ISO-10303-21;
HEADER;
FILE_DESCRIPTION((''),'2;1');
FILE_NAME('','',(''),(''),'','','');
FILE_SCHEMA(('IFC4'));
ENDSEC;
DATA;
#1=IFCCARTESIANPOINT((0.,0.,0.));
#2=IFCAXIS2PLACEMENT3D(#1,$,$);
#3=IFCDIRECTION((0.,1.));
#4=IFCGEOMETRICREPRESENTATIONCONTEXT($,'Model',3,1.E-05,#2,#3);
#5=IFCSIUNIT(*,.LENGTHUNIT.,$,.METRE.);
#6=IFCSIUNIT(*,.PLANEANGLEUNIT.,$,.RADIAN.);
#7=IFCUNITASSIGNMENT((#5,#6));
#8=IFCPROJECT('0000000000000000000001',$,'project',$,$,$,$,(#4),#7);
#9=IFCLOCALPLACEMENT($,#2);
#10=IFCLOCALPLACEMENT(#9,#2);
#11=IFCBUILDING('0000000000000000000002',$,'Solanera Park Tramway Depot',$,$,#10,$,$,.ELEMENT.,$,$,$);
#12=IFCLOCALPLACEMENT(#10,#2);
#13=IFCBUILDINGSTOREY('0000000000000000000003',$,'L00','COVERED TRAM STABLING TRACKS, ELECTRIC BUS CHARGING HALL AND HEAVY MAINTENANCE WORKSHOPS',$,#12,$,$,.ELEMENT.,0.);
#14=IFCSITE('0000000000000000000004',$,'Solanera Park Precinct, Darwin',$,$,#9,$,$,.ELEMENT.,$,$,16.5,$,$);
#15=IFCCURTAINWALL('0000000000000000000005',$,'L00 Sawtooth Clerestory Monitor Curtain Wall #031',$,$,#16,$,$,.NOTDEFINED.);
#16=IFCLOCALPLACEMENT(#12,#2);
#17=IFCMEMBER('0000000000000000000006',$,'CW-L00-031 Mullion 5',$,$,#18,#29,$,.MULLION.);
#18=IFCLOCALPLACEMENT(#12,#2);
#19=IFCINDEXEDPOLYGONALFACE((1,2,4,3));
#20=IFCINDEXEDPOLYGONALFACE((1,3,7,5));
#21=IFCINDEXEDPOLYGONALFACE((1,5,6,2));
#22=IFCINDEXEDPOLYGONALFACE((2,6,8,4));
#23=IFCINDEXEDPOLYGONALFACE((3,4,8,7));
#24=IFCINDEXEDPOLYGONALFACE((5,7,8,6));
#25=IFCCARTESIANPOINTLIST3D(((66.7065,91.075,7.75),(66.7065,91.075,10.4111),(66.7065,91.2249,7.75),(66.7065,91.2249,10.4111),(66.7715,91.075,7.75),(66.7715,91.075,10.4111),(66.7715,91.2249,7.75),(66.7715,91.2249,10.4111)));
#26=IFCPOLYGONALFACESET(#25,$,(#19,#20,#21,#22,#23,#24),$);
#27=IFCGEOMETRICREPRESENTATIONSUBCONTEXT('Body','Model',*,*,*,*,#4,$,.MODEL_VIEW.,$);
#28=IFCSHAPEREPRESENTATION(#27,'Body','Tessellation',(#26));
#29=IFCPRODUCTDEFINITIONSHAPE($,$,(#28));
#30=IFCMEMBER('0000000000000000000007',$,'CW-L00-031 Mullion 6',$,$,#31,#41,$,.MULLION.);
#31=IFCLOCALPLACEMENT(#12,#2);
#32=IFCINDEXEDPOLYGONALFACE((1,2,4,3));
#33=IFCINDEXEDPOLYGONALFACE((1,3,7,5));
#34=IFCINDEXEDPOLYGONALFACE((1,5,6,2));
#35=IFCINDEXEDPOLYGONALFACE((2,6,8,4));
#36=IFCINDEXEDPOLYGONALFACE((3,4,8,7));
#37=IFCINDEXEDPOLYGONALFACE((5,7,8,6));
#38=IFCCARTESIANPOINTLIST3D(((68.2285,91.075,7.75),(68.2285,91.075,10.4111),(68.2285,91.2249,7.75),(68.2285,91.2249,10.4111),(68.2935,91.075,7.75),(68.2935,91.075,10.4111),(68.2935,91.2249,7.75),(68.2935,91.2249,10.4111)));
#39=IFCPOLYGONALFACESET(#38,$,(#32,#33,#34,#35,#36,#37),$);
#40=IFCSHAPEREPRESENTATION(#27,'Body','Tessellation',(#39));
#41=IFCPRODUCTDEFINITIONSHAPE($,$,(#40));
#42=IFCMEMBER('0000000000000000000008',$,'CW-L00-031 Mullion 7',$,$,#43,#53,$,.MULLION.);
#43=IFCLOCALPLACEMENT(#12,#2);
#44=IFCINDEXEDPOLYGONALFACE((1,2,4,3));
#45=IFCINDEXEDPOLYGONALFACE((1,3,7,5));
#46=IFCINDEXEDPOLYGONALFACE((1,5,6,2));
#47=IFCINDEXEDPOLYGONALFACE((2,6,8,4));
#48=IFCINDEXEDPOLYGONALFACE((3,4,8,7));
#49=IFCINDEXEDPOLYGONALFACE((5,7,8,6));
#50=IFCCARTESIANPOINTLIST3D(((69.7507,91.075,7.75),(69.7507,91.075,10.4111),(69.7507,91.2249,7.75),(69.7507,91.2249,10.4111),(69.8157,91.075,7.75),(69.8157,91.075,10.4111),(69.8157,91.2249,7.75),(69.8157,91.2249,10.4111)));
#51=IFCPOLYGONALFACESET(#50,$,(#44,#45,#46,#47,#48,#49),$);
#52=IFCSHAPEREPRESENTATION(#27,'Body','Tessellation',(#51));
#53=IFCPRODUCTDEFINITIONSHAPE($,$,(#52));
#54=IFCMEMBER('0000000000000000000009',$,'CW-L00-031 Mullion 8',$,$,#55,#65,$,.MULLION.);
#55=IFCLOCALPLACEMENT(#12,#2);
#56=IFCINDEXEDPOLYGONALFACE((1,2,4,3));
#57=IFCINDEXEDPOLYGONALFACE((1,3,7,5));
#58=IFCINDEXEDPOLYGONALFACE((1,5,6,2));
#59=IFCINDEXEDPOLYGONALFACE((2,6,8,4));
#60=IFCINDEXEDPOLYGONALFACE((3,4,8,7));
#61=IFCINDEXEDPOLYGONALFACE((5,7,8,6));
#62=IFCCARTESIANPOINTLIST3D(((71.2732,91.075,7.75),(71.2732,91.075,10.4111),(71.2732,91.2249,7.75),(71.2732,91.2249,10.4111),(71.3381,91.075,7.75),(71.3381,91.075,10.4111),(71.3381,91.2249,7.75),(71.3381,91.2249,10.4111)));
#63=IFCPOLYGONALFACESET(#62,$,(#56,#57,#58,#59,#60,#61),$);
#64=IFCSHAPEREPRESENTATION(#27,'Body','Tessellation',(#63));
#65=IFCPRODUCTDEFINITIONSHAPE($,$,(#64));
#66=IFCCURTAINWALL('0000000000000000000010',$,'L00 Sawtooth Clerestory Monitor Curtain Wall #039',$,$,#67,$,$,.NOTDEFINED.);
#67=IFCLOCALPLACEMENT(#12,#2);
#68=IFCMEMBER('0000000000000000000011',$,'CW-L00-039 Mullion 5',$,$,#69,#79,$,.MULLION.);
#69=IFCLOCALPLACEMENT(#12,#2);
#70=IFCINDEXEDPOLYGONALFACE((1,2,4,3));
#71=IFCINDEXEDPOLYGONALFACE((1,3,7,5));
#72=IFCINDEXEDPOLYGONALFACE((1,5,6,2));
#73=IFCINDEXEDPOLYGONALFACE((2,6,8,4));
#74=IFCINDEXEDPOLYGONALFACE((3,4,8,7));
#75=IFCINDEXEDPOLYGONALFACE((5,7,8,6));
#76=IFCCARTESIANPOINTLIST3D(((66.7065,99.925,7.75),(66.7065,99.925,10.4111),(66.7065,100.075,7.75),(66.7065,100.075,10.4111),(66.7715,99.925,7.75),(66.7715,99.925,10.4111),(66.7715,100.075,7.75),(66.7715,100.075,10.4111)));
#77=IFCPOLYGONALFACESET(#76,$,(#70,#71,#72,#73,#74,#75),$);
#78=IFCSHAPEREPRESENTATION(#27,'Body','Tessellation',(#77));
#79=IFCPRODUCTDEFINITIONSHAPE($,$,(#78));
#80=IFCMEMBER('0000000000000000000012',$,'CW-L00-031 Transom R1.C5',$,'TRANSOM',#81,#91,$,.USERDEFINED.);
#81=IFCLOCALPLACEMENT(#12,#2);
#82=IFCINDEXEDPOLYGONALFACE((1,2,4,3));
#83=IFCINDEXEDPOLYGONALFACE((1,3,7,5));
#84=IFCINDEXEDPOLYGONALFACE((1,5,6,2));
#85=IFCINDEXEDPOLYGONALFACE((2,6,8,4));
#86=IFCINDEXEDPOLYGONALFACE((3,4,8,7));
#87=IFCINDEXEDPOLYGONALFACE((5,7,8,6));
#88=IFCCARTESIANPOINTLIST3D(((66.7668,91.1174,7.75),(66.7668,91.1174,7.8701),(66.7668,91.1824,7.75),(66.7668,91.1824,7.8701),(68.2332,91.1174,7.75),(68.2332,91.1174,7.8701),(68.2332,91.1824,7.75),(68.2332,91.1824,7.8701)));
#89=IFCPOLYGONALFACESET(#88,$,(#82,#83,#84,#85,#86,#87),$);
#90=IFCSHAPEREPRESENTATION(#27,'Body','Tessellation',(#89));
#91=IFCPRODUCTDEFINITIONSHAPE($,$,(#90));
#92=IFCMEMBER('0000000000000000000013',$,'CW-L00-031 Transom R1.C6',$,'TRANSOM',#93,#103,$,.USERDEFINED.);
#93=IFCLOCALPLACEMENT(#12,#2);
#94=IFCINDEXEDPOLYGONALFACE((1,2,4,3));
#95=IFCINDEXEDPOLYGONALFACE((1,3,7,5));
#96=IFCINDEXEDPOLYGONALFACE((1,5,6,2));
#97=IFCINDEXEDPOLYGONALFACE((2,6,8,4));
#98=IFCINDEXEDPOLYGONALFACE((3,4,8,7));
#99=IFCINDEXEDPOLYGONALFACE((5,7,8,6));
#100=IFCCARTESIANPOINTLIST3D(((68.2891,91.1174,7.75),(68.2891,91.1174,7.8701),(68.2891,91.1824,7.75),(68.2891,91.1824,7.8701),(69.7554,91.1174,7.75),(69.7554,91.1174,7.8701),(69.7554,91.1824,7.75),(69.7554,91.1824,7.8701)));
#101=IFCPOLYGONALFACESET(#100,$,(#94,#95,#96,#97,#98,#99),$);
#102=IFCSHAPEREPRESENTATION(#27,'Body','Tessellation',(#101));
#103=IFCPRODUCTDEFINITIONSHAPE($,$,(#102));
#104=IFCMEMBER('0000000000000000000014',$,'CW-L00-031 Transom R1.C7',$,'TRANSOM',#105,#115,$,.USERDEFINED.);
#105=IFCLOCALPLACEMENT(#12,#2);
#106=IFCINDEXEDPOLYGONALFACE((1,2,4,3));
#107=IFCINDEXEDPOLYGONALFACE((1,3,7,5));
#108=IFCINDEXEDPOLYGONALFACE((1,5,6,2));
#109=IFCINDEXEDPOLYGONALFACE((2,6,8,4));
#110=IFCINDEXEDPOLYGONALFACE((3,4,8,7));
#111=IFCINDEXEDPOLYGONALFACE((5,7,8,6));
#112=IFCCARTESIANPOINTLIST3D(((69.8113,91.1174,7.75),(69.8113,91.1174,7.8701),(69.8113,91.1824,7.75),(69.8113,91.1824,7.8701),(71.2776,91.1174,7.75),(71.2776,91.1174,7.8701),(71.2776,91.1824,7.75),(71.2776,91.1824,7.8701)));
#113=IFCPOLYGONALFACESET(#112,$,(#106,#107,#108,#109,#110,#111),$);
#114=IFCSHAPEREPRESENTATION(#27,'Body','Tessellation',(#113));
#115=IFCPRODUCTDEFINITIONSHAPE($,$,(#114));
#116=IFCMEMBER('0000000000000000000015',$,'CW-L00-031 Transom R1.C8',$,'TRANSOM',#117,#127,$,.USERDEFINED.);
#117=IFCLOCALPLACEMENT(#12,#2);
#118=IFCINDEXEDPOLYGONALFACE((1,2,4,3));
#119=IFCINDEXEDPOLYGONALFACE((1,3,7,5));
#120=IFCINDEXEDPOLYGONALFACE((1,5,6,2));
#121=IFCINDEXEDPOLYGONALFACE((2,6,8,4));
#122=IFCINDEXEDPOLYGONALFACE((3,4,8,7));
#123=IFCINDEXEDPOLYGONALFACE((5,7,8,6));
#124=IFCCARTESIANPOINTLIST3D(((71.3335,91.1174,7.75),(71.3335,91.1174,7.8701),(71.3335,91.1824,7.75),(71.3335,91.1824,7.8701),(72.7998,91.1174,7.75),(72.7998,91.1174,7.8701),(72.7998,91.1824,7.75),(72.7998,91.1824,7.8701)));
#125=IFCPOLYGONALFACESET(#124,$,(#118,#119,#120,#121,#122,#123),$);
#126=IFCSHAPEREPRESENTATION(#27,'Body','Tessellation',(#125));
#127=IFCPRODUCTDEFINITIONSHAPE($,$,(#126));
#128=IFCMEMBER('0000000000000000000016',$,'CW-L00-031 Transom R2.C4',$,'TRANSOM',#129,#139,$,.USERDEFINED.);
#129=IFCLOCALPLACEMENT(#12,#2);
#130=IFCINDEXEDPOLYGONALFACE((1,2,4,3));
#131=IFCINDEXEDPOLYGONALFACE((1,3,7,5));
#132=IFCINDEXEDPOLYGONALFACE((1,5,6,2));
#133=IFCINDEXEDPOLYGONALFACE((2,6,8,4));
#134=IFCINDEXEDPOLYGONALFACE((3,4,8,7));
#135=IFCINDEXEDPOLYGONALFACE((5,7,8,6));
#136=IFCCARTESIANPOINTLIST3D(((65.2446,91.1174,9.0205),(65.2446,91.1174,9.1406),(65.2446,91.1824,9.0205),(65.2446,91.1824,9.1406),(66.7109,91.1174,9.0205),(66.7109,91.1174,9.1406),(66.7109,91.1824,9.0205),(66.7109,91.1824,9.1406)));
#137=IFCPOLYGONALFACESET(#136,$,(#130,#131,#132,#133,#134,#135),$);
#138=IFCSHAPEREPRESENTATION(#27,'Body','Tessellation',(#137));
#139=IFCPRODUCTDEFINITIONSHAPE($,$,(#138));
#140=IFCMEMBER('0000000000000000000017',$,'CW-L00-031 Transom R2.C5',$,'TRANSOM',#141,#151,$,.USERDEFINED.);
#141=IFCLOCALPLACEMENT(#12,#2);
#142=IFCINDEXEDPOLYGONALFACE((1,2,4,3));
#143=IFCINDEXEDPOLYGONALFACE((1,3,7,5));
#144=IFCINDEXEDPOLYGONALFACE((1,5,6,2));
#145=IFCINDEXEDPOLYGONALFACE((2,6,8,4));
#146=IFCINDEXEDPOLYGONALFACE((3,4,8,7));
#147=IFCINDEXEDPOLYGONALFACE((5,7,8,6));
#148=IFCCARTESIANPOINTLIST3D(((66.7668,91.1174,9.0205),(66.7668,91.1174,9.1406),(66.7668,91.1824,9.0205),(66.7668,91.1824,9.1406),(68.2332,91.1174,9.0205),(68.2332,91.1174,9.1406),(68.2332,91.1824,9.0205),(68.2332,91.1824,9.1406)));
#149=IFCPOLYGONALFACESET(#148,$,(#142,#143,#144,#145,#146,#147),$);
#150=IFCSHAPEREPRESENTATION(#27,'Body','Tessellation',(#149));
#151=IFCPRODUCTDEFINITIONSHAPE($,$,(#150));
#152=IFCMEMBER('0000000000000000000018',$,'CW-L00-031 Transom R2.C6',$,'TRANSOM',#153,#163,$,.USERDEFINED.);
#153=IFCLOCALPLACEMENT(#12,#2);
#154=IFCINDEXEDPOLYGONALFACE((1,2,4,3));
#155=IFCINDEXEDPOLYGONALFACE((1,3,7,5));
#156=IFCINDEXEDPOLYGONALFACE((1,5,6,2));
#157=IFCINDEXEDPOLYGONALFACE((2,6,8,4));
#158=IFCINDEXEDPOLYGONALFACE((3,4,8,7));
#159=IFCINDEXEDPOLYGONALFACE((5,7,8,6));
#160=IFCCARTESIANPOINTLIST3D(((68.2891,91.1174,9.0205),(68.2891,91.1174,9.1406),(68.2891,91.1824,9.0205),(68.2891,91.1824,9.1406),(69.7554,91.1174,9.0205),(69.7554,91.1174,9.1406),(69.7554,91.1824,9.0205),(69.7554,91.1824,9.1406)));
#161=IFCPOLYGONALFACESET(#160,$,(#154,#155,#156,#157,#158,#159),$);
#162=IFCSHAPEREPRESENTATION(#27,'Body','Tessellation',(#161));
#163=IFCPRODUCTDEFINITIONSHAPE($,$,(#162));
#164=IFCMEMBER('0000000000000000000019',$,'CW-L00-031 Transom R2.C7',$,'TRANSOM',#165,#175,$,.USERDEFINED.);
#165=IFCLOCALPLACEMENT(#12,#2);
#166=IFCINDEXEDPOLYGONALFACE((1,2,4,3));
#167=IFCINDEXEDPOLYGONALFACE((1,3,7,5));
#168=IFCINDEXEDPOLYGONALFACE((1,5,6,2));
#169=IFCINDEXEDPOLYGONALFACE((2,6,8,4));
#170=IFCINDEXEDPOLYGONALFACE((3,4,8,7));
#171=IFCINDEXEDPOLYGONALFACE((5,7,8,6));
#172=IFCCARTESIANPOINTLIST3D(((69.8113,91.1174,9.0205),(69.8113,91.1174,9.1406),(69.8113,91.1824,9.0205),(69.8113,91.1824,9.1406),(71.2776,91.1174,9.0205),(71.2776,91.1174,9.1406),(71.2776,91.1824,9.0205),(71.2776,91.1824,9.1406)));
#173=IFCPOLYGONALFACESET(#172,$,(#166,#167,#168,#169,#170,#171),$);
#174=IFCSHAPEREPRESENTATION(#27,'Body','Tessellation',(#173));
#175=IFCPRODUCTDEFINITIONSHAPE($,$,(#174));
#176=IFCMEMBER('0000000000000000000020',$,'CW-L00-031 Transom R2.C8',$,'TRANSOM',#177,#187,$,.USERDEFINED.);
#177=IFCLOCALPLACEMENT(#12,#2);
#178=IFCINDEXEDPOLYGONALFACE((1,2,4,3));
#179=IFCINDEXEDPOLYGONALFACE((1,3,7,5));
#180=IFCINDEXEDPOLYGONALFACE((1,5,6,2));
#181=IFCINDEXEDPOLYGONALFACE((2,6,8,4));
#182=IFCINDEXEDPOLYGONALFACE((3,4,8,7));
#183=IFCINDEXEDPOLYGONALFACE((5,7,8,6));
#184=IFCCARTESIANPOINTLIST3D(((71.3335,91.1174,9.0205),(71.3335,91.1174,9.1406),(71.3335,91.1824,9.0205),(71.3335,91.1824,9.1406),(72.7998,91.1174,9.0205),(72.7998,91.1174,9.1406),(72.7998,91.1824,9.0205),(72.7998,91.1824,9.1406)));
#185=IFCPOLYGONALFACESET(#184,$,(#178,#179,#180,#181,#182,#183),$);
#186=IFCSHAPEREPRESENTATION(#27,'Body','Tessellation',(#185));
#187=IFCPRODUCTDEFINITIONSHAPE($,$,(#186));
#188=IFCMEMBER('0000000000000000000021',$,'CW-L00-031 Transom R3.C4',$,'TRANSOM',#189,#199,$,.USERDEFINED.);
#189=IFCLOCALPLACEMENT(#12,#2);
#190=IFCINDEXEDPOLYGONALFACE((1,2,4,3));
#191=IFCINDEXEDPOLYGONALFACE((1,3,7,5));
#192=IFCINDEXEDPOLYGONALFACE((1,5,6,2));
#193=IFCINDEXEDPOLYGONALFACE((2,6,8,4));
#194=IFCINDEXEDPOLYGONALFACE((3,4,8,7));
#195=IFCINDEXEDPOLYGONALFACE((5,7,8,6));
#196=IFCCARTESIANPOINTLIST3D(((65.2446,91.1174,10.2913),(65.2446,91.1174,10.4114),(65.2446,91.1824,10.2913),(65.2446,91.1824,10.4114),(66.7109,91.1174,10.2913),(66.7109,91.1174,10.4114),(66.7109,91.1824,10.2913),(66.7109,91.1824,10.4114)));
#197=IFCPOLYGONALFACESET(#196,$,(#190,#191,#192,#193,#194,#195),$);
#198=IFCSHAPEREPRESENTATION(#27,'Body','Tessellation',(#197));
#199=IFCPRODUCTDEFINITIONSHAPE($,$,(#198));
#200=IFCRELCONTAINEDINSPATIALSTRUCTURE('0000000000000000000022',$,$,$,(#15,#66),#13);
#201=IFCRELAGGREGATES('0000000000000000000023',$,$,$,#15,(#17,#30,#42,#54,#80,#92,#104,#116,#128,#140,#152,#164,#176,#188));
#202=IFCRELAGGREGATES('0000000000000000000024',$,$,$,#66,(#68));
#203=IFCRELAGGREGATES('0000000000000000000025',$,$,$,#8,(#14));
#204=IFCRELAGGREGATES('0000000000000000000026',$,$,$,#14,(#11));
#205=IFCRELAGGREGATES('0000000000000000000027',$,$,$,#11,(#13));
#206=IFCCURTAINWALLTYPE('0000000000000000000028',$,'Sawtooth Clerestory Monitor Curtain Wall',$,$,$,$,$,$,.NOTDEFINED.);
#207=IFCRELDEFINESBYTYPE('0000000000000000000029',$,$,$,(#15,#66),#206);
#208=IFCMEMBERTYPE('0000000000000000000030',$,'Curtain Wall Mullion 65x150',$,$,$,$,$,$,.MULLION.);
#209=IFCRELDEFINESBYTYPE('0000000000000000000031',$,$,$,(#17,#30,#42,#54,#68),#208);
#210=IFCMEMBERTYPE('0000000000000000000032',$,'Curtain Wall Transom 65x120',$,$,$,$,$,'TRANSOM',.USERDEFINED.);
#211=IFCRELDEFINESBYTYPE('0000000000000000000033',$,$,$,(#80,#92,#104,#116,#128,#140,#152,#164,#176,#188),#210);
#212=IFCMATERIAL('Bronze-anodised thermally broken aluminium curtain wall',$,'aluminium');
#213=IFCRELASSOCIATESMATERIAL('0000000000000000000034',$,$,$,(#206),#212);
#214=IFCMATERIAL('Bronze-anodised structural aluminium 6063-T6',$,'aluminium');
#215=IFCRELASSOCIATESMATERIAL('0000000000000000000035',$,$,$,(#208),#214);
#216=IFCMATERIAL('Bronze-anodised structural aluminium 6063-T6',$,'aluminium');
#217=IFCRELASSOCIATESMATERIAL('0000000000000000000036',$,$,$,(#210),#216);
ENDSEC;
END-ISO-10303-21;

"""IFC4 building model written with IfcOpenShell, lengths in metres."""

from ifc_helpers import new_model, si_unit, direction, frame, origin, origin_2d, place, context, subcontext, project, spatial, rectangle, extrude, material, material_profile, profile_set, type_object, element, aggregate, save


model = new_model("IFC4")

# Units and contexts
model_context = context("Model", 3, precision=1e-05, world=origin(), true_north=direction((0.0, 1.0)))
body_context = subcontext(model_context, "Body", "Model", "MODEL_VIEW")
ifc_project = project(units=[si_unit("LENGTHUNIT", "METRE"), si_unit("PLANEANGLEUNIT", "RADIAN")], contexts=[model_context])

# Site, building, storey
site_placement = place(None, origin())
site = spatial("IfcSite", under=ifc_project, at=site_placement, Name="Solanera Park Precinct, Darwin", CompositionType="ELEMENT", RefElevation=16.5)
building_placement = place(site_placement, origin())
building = spatial("IfcBuilding", under=site, at=building_placement, Name="Solanera Park Tramway Depot", CompositionType="ELEMENT")
storey_placement = place(building_placement, origin())
storey = spatial("IfcBuildingStorey", under=building, at=storey_placement, Name="L00", Description="COVERED TRAM STABLING TRACKS, ELECTRIC BUS CHARGING HALL AND HEAVY MAINTENANCE WORKSHOPS", CompositionType="ELEMENT", Elevation=0.0)

# Curtain wall, members
ifc_material_1 = material(Name="Bronze-anodised thermally broken aluminium curtain wall", Category="aluminium")
curtain_wall_type = type_object("IfcCurtainWallType", Name="Sawtooth Clerestory Monitor Curtain Wall", PredefinedType="NOTDEFINED", material=ifc_material_1)
curtain_wall_1_placement = place(storey_placement, origin())
curtain_wall_1 = element("IfcCurtainWall", 1, at=curtain_wall_1_placement, inside=storey, type_object=curtain_wall_type, Name="L00 Sawtooth Clerestory Monitor Curtain Wall #031", PredefinedType="NOTDEFINED")
ifc_material_2 = material(Name="Bronze-anodised structural aluminium 6063-T6", Category="aluminium")
ifc_material_profile_1 = material_profile(ifc_material_2, rectangle(XDim=0.0649, YDim=0.1499, at=origin_2d()), Name="Curtain Wall Mullion 65x150")
ifc_profile_set_1 = profile_set([ifc_material_profile_1], Name="Bronze-anodised structural aluminium 6063-T6")
member_type_1 = type_object("IfcMemberType", Name="Curtain Wall Mullion 65x150", PredefinedType="MULLION", material=ifc_profile_set_1)
member_1_placement = place(storey_placement, frame((66.739, 91.1499, 7.75), z_axis=(0.0, 0.0, 1.0), x_axis=(1.0, 0.0, 0.0)))
member_1 = element("IfcMember", 2, at=member_1_placement, type_object=member_type_1, Name="CW-L00-031 Mullion 5", PredefinedType="MULLION", context=body_context, shape_type="SweptSolid", body=[
    extrude(rectangle(XDim=0.0649, YDim=0.1499, at=origin_2d()), origin(), (0.0, 0.0, 1.0), 2.6611),
])
member_2_placement = place(storey_placement, frame((68.261, 91.1499, 7.75), z_axis=(0.0, 0.0, 1.0), x_axis=(1.0, 0.0, 0.0)))
member_2 = element("IfcMember", 3, at=member_2_placement, type_object=member_type_1, Name="CW-L00-031 Mullion 6", PredefinedType="MULLION", context=body_context, shape_type="SweptSolid", body=[
    extrude(rectangle(XDim=0.0649, YDim=0.1499, at=origin_2d()), origin(), (0.0, 0.0, 1.0), 2.6611),
])
member_3_placement = place(storey_placement, frame((69.7832, 91.1499, 7.75), z_axis=(0.0, 0.0, 1.0), x_axis=(1.0, 0.0, 0.0)))
member_3 = element("IfcMember", 4, at=member_3_placement, type_object=member_type_1, Name="CW-L00-031 Mullion 7", PredefinedType="MULLION", context=body_context, shape_type="SweptSolid", body=[
    extrude(rectangle(XDim=0.0649, YDim=0.1499, at=origin_2d()), origin(), (0.0, 0.0, 1.0), 2.6611),
])
member_4_placement = place(storey_placement, frame((71.3057, 91.1499, 7.75), z_axis=(0.0, 0.0, 1.0), x_axis=(1.0, 0.0, 0.0)))
member_4 = element("IfcMember", 5, at=member_4_placement, type_object=member_type_1, Name="CW-L00-031 Mullion 8", PredefinedType="MULLION", context=body_context, shape_type="SweptSolid", body=[
    extrude(rectangle(XDim=0.0649, YDim=0.1499, at=origin_2d()), origin(), (0.0, 0.0, 1.0), 2.6611),
])

# Curtain wall, member
curtain_wall_2_placement = place(storey_placement, origin())
curtain_wall_2 = element("IfcCurtainWall", 6, at=curtain_wall_2_placement, inside=storey, type_object=curtain_wall_type, Name="L00 Sawtooth Clerestory Monitor Curtain Wall #039", PredefinedType="NOTDEFINED")
member_5_placement = place(storey_placement, frame((66.739, 100.0, 7.75), z_axis=(0.0, 0.0, 1.0), x_axis=(1.0, 0.0, 0.0)))
member_5 = element("IfcMember", 7, at=member_5_placement, type_object=member_type_1, Name="CW-L00-039 Mullion 5", PredefinedType="MULLION", context=body_context, shape_type="SweptSolid", body=[
    extrude(rectangle(XDim=0.0649, YDim=0.1499, at=origin_2d()), origin(), (0.0, 0.0, 1.0), 2.6611),
])

# Members
ifc_material_3 = material(Name="Bronze-anodised structural aluminium 6063-T6", Category="aluminium")
ifc_material_profile_2 = material_profile(ifc_material_3, rectangle(XDim=0.0649, YDim=0.1201, at=origin_2d()), Name="Curtain Wall Transom 65x120")
ifc_profile_set_2 = profile_set([ifc_material_profile_2], Name="Bronze-anodised structural aluminium 6063-T6")
member_type_2 = type_object("IfcMemberType", Name="Curtain Wall Transom 65x120", ElementType="TRANSOM", PredefinedType="USERDEFINED", material=ifc_profile_set_2)
member_6_placement = place(storey_placement, frame((66.7668, 91.1499, 7.8101), z_axis=(1.0, 0.0, 0.0), x_axis=(0.0, 1.0, 0.0)))
member_6 = element("IfcMember", 8, at=member_6_placement, type_object=member_type_2, Name="CW-L00-031 Transom R1.C5", ObjectType="TRANSOM", PredefinedType="USERDEFINED", context=body_context, shape_type="SweptSolid", body=[
    extrude(rectangle(XDim=0.0649, YDim=0.1201, at=origin_2d()), origin(), (0.0, 0.0, 1.0), 1.4663),
])
member_7_placement = place(storey_placement, frame((68.2891, 91.1499, 7.8101), z_axis=(1.0, 0.0, 0.0), x_axis=(0.0, 1.0, 0.0)))
member_7 = element("IfcMember", 9, at=member_7_placement, type_object=member_type_2, Name="CW-L00-031 Transom R1.C6", ObjectType="TRANSOM", PredefinedType="USERDEFINED", context=body_context, shape_type="SweptSolid", body=[
    extrude(rectangle(XDim=0.0649, YDim=0.1201, at=origin_2d()), origin(), (0.0, 0.0, 1.0), 1.4663),
])
member_8_placement = place(storey_placement, frame((69.8113, 91.1499, 7.8101), z_axis=(1.0, 0.0, 0.0), x_axis=(0.0, 1.0, 0.0)))
member_8 = element("IfcMember", 10, at=member_8_placement, type_object=member_type_2, Name="CW-L00-031 Transom R1.C7", ObjectType="TRANSOM", PredefinedType="USERDEFINED", context=body_context, shape_type="SweptSolid", body=[
    extrude(rectangle(XDim=0.0649, YDim=0.1201, at=origin_2d()), origin(), (0.0, 0.0, 1.0), 1.4663),
])
member_9_placement = place(storey_placement, frame((71.3335, 91.1499, 7.8101), z_axis=(1.0, 0.0, 0.0), x_axis=(0.0, 1.0, 0.0)))
member_9 = element("IfcMember", 11, at=member_9_placement, type_object=member_type_2, Name="CW-L00-031 Transom R1.C8", ObjectType="TRANSOM", PredefinedType="USERDEFINED", context=body_context, shape_type="SweptSolid", body=[
    extrude(rectangle(XDim=0.0649, YDim=0.1201, at=origin_2d()), origin(), (0.0, 0.0, 1.0), 1.4663),
])
member_10_placement = place(storey_placement, frame((65.2446, 91.1499, 9.0806), z_axis=(1.0, 0.0, 0.0), x_axis=(0.0, 1.0, 0.0)))
member_10 = element("IfcMember", 12, at=member_10_placement, type_object=member_type_2, Name="CW-L00-031 Transom R2.C4", ObjectType="TRANSOM", PredefinedType="USERDEFINED", context=body_context, shape_type="SweptSolid", body=[
    extrude(rectangle(XDim=0.0649, YDim=0.1201, at=origin_2d()), origin(), (0.0, 0.0, 1.0), 1.4663),
])
member_11_placement = place(storey_placement, frame((66.7668, 91.1499, 9.0806), z_axis=(1.0, 0.0, 0.0), x_axis=(0.0, 1.0, 0.0)))
member_11 = element("IfcMember", 13, at=member_11_placement, type_object=member_type_2, Name="CW-L00-031 Transom R2.C5", ObjectType="TRANSOM", PredefinedType="USERDEFINED", context=body_context, shape_type="SweptSolid", body=[
    extrude(rectangle(XDim=0.0649, YDim=0.1201, at=origin_2d()), origin(), (0.0, 0.0, 1.0), 1.4663),
])
member_12_placement = place(storey_placement, frame((68.2891, 91.1499, 9.0806), z_axis=(1.0, 0.0, 0.0), x_axis=(0.0, 1.0, 0.0)))
member_12 = element("IfcMember", 14, at=member_12_placement, type_object=member_type_2, Name="CW-L00-031 Transom R2.C6", ObjectType="TRANSOM", PredefinedType="USERDEFINED", context=body_context, shape_type="SweptSolid", body=[
    extrude(rectangle(XDim=0.0649, YDim=0.1201, at=origin_2d()), origin(), (0.0, 0.0, 1.0), 1.4663),
])
member_13_placement = place(storey_placement, frame((69.8113, 91.1499, 9.0806), z_axis=(1.0, 0.0, 0.0), x_axis=(0.0, 1.0, 0.0)))
member_13 = element("IfcMember", 15, at=member_13_placement, type_object=member_type_2, Name="CW-L00-031 Transom R2.C7", ObjectType="TRANSOM", PredefinedType="USERDEFINED", context=body_context, shape_type="SweptSolid", body=[
    extrude(rectangle(XDim=0.0649, YDim=0.1201, at=origin_2d()), origin(), (0.0, 0.0, 1.0), 1.4663),
])
member_14_placement = place(storey_placement, frame((71.3335, 91.1499, 9.0806), z_axis=(1.0, 0.0, 0.0), x_axis=(0.0, 1.0, 0.0)))
member_14 = element("IfcMember", 16, at=member_14_placement, type_object=member_type_2, Name="CW-L00-031 Transom R2.C8", ObjectType="TRANSOM", PredefinedType="USERDEFINED", context=body_context, shape_type="SweptSolid", body=[
    extrude(rectangle(XDim=0.0649, YDim=0.1201, at=origin_2d()), origin(), (0.0, 0.0, 1.0), 1.4663),
])
member_15_placement = place(storey_placement, frame((65.2446, 91.1499, 10.3513), z_axis=(1.0, 0.0, 0.0), x_axis=(0.0, 1.0, 0.0)))
member_15 = element("IfcMember", 17, at=member_15_placement, type_object=member_type_2, Name="CW-L00-031 Transom R3.C4", ObjectType="TRANSOM", PredefinedType="USERDEFINED", context=body_context, shape_type="SweptSolid", body=[
    extrude(rectangle(XDim=0.0649, YDim=0.1201, at=origin_2d()), origin(), (0.0, 0.0, 1.0), 1.4663),
])

aggregate(curtain_wall_1, [member_1, member_2, member_3, member_4, member_6, member_7, member_8, member_9, member_10, member_11, member_12, member_13, member_14, member_15])
aggregate(curtain_wall_2, [member_5])

save(model, "model.ifc")
